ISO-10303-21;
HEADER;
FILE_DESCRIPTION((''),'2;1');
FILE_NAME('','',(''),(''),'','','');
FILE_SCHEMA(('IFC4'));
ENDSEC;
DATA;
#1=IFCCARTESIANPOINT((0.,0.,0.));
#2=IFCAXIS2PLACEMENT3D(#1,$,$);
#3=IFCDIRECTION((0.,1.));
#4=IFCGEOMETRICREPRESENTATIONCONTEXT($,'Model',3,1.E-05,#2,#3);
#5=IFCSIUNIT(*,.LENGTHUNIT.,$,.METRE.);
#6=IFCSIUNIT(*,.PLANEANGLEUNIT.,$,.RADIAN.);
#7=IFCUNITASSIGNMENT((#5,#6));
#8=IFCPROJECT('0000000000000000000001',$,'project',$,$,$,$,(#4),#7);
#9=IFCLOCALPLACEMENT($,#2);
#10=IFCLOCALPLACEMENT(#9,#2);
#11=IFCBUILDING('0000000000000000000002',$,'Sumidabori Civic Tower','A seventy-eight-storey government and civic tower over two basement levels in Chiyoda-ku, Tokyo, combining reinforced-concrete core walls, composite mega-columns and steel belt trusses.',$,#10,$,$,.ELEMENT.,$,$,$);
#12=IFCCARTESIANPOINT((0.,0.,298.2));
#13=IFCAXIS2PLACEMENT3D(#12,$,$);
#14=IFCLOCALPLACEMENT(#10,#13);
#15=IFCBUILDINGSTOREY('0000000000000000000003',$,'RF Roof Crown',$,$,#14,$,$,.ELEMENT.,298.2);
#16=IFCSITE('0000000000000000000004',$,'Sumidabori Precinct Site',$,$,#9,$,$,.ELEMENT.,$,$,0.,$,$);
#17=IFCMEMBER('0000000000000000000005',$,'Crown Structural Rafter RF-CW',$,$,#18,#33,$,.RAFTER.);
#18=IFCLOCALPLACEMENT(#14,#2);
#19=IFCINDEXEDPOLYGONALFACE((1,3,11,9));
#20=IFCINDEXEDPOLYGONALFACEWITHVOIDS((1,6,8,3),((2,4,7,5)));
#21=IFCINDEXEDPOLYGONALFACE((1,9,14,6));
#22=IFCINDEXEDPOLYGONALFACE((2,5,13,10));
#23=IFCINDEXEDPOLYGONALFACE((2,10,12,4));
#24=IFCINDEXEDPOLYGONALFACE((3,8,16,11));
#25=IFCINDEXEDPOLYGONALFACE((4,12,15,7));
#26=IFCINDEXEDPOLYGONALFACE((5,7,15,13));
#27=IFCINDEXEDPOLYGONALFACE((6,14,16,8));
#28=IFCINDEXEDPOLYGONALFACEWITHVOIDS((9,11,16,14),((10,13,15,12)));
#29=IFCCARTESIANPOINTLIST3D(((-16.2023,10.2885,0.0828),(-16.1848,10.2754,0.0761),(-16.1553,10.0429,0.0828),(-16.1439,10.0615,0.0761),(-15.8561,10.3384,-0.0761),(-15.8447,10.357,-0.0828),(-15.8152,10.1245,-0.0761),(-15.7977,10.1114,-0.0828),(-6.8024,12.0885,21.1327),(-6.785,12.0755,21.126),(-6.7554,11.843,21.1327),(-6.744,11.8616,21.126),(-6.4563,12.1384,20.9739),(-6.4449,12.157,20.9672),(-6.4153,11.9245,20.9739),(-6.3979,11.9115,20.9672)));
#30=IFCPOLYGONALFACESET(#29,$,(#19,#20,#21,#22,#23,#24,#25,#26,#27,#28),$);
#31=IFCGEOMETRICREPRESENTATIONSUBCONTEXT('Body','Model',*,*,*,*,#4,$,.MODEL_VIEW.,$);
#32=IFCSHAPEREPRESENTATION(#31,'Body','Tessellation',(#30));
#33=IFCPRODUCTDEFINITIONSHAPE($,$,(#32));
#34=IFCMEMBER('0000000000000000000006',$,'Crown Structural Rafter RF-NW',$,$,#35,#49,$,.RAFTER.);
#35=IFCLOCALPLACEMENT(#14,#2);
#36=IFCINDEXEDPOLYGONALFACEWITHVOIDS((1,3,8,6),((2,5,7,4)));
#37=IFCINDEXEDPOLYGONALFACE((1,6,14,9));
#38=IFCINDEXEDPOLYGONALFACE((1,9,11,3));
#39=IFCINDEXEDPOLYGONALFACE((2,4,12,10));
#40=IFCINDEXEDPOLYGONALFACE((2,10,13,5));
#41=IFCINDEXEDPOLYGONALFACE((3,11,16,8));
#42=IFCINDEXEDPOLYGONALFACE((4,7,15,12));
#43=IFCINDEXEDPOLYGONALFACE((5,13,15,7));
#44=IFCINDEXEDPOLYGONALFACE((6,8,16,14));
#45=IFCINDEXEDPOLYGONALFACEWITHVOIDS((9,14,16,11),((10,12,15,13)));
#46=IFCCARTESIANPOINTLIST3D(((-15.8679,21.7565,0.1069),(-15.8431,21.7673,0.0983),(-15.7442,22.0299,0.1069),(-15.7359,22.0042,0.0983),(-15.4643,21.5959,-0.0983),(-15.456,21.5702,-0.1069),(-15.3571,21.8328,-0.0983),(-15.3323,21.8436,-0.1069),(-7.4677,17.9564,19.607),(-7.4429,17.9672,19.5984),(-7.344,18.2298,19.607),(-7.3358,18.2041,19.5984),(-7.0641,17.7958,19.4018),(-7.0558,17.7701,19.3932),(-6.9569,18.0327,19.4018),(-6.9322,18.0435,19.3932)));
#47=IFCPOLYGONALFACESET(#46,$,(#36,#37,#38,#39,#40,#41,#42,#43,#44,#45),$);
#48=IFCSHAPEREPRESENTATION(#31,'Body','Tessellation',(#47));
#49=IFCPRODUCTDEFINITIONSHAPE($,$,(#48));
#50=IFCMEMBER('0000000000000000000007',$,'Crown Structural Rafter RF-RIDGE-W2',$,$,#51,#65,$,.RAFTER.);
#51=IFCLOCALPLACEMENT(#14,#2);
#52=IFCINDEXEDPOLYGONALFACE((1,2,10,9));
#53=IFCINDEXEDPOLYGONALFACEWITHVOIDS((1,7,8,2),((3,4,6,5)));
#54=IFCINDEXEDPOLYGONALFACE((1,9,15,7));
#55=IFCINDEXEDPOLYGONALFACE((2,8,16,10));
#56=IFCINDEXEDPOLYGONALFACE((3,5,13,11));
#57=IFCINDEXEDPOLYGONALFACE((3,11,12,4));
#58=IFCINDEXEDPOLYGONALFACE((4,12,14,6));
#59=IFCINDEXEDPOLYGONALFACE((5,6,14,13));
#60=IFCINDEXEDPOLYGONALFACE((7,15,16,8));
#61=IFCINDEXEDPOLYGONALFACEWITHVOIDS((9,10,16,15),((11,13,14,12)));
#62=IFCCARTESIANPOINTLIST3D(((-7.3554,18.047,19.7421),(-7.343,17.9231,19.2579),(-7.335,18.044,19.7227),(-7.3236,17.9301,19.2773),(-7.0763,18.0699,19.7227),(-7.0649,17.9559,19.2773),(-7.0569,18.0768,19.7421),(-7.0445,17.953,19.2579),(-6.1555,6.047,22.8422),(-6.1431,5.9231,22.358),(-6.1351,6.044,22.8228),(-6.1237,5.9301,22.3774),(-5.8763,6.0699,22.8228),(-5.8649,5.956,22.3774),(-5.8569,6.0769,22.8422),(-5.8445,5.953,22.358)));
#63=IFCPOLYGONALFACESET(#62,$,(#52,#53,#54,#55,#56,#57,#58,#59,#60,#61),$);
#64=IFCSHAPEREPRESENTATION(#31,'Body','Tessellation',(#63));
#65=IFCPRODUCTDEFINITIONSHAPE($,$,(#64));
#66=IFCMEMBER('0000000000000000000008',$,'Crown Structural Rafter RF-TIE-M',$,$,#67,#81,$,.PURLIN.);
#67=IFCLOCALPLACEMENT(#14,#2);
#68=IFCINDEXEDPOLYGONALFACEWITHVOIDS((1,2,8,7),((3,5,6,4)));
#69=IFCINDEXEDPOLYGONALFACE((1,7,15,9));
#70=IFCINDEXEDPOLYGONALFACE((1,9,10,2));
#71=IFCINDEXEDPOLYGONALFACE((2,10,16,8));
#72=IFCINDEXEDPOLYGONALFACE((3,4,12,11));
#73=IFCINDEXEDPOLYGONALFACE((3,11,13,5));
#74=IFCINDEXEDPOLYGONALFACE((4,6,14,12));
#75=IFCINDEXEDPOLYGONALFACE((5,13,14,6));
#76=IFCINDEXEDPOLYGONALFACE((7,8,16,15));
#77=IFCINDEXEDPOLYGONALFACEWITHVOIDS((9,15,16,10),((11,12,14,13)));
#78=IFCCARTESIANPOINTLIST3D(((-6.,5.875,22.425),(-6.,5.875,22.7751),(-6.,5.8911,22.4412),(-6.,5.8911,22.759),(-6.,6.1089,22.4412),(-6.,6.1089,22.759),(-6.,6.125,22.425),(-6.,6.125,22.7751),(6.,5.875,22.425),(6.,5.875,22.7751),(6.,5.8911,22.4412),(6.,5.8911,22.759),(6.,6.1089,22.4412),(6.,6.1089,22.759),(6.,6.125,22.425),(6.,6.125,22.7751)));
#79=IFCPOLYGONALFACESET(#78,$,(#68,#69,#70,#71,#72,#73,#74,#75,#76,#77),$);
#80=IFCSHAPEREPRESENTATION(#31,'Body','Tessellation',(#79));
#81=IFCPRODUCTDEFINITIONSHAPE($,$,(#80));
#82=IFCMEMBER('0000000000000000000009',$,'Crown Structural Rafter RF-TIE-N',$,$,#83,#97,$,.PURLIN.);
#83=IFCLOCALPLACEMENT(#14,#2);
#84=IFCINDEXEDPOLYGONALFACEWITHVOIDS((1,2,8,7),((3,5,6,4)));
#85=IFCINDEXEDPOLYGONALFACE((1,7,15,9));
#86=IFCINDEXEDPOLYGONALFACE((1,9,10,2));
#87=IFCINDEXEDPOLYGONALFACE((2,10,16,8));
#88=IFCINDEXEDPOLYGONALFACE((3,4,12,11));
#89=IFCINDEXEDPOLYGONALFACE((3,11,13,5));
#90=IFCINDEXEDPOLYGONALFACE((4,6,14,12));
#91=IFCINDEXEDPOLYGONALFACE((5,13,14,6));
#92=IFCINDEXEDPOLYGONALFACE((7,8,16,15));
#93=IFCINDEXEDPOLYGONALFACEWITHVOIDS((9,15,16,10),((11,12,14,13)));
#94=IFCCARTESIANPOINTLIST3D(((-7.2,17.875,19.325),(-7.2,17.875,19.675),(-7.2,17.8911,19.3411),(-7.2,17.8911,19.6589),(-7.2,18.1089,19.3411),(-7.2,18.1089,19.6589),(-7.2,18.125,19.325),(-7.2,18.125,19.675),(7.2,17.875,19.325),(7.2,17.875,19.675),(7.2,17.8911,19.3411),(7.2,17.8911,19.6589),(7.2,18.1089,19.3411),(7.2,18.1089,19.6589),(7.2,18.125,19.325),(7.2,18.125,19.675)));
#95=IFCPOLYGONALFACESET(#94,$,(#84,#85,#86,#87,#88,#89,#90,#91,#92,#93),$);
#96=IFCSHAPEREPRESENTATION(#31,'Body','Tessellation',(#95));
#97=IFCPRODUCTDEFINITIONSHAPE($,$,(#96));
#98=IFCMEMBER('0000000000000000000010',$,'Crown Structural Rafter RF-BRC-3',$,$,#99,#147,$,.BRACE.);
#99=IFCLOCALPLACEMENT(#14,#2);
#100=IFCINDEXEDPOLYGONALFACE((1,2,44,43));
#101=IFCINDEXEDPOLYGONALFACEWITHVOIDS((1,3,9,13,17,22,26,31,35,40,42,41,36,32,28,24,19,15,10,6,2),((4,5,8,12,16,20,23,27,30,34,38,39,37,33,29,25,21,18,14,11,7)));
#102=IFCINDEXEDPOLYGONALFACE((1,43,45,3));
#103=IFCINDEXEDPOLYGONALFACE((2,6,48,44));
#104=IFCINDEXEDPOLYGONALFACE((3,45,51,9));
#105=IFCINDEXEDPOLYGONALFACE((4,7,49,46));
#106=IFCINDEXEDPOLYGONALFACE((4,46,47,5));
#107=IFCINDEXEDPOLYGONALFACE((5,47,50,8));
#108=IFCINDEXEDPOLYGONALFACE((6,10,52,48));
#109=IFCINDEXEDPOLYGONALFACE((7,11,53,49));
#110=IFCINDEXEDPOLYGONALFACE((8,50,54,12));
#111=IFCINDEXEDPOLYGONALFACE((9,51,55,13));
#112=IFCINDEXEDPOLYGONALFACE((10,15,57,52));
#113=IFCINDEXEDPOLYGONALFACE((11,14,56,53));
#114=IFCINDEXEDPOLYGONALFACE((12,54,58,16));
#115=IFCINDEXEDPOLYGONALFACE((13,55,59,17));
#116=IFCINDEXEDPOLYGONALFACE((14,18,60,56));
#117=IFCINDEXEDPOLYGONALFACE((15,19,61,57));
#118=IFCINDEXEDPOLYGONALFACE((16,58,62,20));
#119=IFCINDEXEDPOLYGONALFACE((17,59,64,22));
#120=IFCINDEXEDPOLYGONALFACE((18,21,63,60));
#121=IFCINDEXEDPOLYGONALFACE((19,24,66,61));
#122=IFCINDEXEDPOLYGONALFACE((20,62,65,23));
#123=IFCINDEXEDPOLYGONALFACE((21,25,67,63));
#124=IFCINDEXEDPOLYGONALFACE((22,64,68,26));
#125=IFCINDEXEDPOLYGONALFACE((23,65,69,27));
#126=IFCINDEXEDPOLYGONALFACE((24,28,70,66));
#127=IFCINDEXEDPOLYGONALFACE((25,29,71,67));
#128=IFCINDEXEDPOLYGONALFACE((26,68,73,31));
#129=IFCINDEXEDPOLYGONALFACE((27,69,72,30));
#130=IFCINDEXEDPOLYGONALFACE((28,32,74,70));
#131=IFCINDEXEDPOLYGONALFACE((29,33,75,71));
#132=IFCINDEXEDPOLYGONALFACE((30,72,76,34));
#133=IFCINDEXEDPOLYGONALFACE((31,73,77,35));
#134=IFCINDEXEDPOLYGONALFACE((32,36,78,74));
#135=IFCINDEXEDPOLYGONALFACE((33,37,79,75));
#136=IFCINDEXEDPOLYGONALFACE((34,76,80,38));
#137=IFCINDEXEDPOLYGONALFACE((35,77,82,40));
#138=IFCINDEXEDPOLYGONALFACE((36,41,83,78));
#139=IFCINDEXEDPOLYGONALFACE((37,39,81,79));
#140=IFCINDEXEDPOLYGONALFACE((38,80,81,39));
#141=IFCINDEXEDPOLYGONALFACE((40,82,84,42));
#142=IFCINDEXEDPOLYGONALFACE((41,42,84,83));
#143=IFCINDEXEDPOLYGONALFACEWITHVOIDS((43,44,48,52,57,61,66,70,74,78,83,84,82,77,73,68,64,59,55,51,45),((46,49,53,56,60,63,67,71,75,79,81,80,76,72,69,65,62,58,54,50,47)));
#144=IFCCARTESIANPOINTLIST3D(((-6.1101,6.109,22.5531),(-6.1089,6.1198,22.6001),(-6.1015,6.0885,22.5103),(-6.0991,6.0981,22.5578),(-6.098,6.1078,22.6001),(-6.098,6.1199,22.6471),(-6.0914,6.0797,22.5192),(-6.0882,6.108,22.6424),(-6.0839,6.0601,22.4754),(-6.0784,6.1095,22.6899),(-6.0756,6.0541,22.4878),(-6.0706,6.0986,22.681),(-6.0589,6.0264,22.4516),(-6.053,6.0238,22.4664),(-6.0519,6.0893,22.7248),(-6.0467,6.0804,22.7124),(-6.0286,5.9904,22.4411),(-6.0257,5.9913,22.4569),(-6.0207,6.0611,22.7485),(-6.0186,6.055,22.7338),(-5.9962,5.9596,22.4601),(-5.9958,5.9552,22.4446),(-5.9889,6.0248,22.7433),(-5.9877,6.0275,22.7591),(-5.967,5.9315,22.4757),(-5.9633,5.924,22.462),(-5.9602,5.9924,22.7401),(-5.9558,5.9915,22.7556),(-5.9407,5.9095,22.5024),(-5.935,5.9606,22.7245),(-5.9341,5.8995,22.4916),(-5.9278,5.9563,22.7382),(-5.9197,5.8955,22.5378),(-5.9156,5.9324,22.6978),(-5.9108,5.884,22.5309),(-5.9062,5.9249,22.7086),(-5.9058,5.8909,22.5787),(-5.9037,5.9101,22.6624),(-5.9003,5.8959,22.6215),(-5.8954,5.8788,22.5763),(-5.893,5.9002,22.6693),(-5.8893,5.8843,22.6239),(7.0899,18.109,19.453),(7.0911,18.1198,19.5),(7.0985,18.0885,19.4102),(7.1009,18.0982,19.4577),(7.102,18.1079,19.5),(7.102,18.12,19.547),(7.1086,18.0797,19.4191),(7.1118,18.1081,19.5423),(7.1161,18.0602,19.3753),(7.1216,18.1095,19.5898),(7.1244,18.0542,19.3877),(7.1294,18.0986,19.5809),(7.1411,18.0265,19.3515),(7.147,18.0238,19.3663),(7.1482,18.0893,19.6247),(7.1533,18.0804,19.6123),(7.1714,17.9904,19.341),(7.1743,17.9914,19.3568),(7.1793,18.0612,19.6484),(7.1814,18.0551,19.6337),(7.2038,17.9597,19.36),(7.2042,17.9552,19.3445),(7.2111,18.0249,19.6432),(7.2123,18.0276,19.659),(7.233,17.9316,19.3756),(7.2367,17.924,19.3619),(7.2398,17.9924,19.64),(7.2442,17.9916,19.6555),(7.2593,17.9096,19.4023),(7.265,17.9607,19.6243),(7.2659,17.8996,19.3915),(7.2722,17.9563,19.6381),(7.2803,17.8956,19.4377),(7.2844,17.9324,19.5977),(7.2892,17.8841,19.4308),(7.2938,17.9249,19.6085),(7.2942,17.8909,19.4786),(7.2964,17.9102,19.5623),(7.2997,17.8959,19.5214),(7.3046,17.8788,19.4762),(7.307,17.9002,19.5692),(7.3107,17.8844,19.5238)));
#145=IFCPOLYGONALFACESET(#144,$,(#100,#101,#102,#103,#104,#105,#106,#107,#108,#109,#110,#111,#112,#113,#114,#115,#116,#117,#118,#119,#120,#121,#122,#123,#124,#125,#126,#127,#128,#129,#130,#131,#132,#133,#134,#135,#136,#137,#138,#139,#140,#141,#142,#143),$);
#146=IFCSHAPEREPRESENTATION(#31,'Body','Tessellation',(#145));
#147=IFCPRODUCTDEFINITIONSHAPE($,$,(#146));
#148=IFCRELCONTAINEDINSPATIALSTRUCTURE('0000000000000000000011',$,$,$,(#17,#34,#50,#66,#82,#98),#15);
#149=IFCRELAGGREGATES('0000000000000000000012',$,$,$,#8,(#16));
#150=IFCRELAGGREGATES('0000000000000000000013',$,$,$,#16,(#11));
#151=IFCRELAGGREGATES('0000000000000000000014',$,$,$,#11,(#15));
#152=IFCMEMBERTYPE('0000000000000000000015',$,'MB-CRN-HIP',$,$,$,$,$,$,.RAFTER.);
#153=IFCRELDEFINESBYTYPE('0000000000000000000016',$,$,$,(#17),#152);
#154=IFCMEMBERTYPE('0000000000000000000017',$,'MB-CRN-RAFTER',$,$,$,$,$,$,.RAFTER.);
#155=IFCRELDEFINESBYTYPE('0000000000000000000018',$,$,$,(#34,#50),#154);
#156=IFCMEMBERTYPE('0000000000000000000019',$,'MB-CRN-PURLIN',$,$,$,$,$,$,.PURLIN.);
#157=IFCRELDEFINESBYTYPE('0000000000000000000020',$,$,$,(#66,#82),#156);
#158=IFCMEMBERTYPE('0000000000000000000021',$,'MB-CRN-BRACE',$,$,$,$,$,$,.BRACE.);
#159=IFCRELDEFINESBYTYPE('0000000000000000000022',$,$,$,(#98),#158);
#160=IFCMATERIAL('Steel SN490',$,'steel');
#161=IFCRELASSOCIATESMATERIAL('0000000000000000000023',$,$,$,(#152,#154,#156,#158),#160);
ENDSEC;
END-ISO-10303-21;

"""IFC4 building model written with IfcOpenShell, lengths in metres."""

from ifc_helpers import new_model, si_unit, direction, frame, origin, origin_2d, place, context, subcontext, project, spatial, hollow_rectangle, hollow_circle, extrude, source, transform, mapped, material, material_profile, profile_set, type_object, element, save


model = new_model("IFC4")

# Units and contexts
model_context = context("Model", 3, precision=1e-05, world=origin(), true_north=direction((0.0, 1.0)))
body_context = subcontext(model_context, "Body", "Model", "MODEL_VIEW")
ifc_project = project(units=[si_unit("LENGTHUNIT", "METRE"), si_unit("PLANEANGLEUNIT", "RADIAN")], contexts=[model_context])

# Site, building, storey
site_placement = place(None, origin())
site = spatial("IfcSite", under=ifc_project, at=site_placement, Name="Sumidabori Precinct Site", CompositionType="ELEMENT", RefElevation=0.0)
building_placement = place(site_placement, origin())
building = spatial("IfcBuilding", under=site, at=building_placement, Name="Sumidabori Civic Tower", Description="A seventy-eight-storey government and civic tower over two basement levels in Chiyoda-ku, Tokyo, combining reinforced-concrete core walls, composite mega-columns and steel belt trusses.", CompositionType="ELEMENT")
storey_placement = place(building_placement, frame((0.0, 0.0, 298.2)))
storey = spatial("IfcBuildingStorey", under=building, at=storey_placement, Name="RF Roof Crown", CompositionType="ELEMENT", Elevation=298.2)

# Members
ifc_material_1 = material(Name="Steel SN490", Category="steel")
ifc_material_profile_1 = material_profile(ifc_material_1, hollow_rectangle(XDim=0.25, YDim=0.3999, WallThickness=0.0161, at=origin_2d()), Name="RHS 400x250x16")
ifc_profile_set_1 = profile_set([ifc_material_profile_1], Name="Steel SN490")
member_type_1 = type_object("IfcMemberType", Name="MB-CRN-HIP", PredefinedType="RAFTER", material=ifc_profile_set_1)
shared_shape_1 = source(origin(), body_context, "Body", "SweptSolid", [
    extrude(hollow_rectangle(XDim=0.25, YDim=0.3999, WallThickness=0.0161, at=origin_2d()), origin(), (0.0, 0.0, 1.0), 23.1235),
])
member_1_placement = place(storey_placement, frame((-16.0, 10.2, 0.0), z_axis=(0.406506, 0.077845, 0.910326), x_axis=(-0.188079, 0.982154, 0.0)))
element("IfcMember", 1, at=member_1_placement, inside=storey, type_object=member_type_1, Name="Crown Structural Rafter RF-CW", PredefinedType="RAFTER", context=body_context, shape_type="MappedRepresentation", body=[
    mapped(shared_shape_1, transform((0.0, 0.0, 0.0), x_axis=(1.0, 0.0, 0.0), y_axis=(0.0, 1.0, 0.0), z_axis=(0.0, 0.0, 1.0), scale=1.0)),
])
ifc_material_profile_2 = material_profile(ifc_material_1, hollow_rectangle(XDim=0.3, YDim=0.5, WallThickness=0.02, at=origin_2d()), Name="RHS 500x300x20")
ifc_profile_set_2 = profile_set([ifc_material_profile_2], Name="Steel SN490")
member_type_2 = type_object("IfcMemberType", Name="MB-CRN-RAFTER", PredefinedType="RAFTER", material=ifc_profile_set_2)
shared_shape_2 = source(origin(), body_context, "Body", "SweptSolid", [
    extrude(hollow_rectangle(XDim=0.3, YDim=0.5, WallThickness=0.02, at=origin_2d()), origin(), (0.0, 0.0, 1.0), 21.5698),
])
member_2_placement = place(storey_placement, frame((-15.6001, 21.8, 0.0), z_axis=(0.389442, -0.176175, 0.904045), x_axis=(0.412166, 0.911109, 0.0)))
element("IfcMember", 2, at=member_2_placement, inside=storey, type_object=member_type_2, Name="Crown Structural Rafter RF-NW", PredefinedType="RAFTER", context=body_context, shape_type="MappedRepresentation", body=[
    mapped(shared_shape_2, transform((0.0, 0.0, 0.0), x_axis=(1.0, 0.0, 0.0), y_axis=(0.0, 1.0, 0.0), z_axis=(0.0, 0.0, 1.0), scale=1.0)),
])
shared_shape_3 = source(origin(), body_context, "Body", "SweptSolid", [
    extrude(hollow_rectangle(XDim=0.3, YDim=0.5, WallThickness=0.02, at=origin_2d()), origin(), (0.0, 0.0, 1.0), 12.4519),
])
member_3_placement = place(storey_placement, frame((-6.0, 6.0, 22.6001), z_axis=(-0.096367, 0.963706, -0.248965), x_axis=(-0.995038, -0.0995, 0.0)))
element("IfcMember", 3, at=member_3_placement, inside=storey, type_object=member_type_2, Name="Crown Structural Rafter RF-RIDGE-W2", PredefinedType="RAFTER", context=body_context, shape_type="MappedRepresentation", body=[
    mapped(shared_shape_3, transform((0.0, 0.0, 0.0), x_axis=(1.0, 0.0, 0.0), y_axis=(0.0, 1.0, 0.0), z_axis=(0.0, 0.0, 1.0), scale=1.0)),
])
ifc_material_profile_3 = material_profile(ifc_material_1, hollow_rectangle(XDim=0.25, YDim=0.3501, WallThickness=0.0161, at=origin_2d()), Name="RHS 350x250x16")
ifc_profile_set_3 = profile_set([ifc_material_profile_3], Name="Steel SN490")
member_type_3 = type_object("IfcMemberType", Name="MB-CRN-PURLIN", PredefinedType="PURLIN", material=ifc_profile_set_3)
shared_shape_4 = source(origin(), body_context, "Body", "SweptSolid", [
    extrude(hollow_rectangle(XDim=0.25, YDim=0.3501, WallThickness=0.0161, at=origin_2d()), origin(), (0.0, 0.0, 1.0), 12.0),
])
member_4_placement = place(storey_placement, frame((-6.0, 6.0, 22.6001), z_axis=(1.0, 0.0, 0.0), x_axis=(0.0, 1.0, 0.0)))
element("IfcMember", 4, at=member_4_placement, inside=storey, type_object=member_type_3, Name="Crown Structural Rafter RF-TIE-M", PredefinedType="PURLIN", context=body_context, shape_type="MappedRepresentation", body=[
    mapped(shared_shape_4, transform((0.0, 0.0, 0.0), x_axis=(1.0, 0.0, 0.0), y_axis=(0.0, 1.0, 0.0), z_axis=(0.0, 0.0, 1.0), scale=1.0)),
])
shared_shape_5 = source(origin(), body_context, "Body", "SweptSolid", [
    extrude(hollow_rectangle(XDim=0.25, YDim=0.3501, WallThickness=0.0161, at=origin_2d()), origin(), (0.0, 0.0, 1.0), 14.3999),
])
member_5_placement = place(storey_placement, frame((-7.2, 18.0, 19.5), z_axis=(1.0, 0.0, 0.0), x_axis=(0.0, 1.0, 0.0)))
element("IfcMember", 5, at=member_5_placement, inside=storey, type_object=member_type_3, Name="Crown Structural Rafter RF-TIE-N", PredefinedType="PURLIN", context=body_context, shape_type="MappedRepresentation", body=[
    mapped(shared_shape_5, transform((0.0, 0.0, 0.0), x_axis=(1.0, 0.0, 0.0), y_axis=(0.0, 1.0, 0.0), z_axis=(0.0, 0.0, 1.0), scale=1.0)),
])
ifc_material_profile_4 = material_profile(ifc_material_1, hollow_circle(Radius=0.1619, WallThickness=0.0161, at=origin_2d()), Name="CHS 323.9x16")
ifc_profile_set_4 = profile_set([ifc_material_profile_4], Name="Steel SN490")
member_type_4 = type_object("IfcMemberType", Name="MB-CRN-BRACE", PredefinedType="BRACE", material=ifc_profile_set_4)
shared_shape_6 = source(origin(), body_context, "Body", "SweptSolid", [
    extrude(hollow_circle(Radius=0.1619, WallThickness=0.0161, at=origin_2d()), origin(), (0.0, 0.0, 1.0), 18.1067),
])
member_6_placement = place(storey_placement, frame((-6.0, 6.0, 22.6001), z_axis=(0.729013, 0.662741, -0.171214), x_axis=(-0.672674, 0.739939, 0.0)))
element("IfcMember", 6, at=member_6_placement, inside=storey, type_object=member_type_4, Name="Crown Structural Rafter RF-BRC-3", PredefinedType="BRACE", context=body_context, shape_type="MappedRepresentation", body=[
    mapped(shared_shape_6, transform((0.0, 0.0, 0.0), x_axis=(1.0, 0.0, 0.0), y_axis=(0.0, 1.0, 0.0), z_axis=(0.0, 0.0, 1.0), scale=1.0)),
])

save(model, "model.ifc")
